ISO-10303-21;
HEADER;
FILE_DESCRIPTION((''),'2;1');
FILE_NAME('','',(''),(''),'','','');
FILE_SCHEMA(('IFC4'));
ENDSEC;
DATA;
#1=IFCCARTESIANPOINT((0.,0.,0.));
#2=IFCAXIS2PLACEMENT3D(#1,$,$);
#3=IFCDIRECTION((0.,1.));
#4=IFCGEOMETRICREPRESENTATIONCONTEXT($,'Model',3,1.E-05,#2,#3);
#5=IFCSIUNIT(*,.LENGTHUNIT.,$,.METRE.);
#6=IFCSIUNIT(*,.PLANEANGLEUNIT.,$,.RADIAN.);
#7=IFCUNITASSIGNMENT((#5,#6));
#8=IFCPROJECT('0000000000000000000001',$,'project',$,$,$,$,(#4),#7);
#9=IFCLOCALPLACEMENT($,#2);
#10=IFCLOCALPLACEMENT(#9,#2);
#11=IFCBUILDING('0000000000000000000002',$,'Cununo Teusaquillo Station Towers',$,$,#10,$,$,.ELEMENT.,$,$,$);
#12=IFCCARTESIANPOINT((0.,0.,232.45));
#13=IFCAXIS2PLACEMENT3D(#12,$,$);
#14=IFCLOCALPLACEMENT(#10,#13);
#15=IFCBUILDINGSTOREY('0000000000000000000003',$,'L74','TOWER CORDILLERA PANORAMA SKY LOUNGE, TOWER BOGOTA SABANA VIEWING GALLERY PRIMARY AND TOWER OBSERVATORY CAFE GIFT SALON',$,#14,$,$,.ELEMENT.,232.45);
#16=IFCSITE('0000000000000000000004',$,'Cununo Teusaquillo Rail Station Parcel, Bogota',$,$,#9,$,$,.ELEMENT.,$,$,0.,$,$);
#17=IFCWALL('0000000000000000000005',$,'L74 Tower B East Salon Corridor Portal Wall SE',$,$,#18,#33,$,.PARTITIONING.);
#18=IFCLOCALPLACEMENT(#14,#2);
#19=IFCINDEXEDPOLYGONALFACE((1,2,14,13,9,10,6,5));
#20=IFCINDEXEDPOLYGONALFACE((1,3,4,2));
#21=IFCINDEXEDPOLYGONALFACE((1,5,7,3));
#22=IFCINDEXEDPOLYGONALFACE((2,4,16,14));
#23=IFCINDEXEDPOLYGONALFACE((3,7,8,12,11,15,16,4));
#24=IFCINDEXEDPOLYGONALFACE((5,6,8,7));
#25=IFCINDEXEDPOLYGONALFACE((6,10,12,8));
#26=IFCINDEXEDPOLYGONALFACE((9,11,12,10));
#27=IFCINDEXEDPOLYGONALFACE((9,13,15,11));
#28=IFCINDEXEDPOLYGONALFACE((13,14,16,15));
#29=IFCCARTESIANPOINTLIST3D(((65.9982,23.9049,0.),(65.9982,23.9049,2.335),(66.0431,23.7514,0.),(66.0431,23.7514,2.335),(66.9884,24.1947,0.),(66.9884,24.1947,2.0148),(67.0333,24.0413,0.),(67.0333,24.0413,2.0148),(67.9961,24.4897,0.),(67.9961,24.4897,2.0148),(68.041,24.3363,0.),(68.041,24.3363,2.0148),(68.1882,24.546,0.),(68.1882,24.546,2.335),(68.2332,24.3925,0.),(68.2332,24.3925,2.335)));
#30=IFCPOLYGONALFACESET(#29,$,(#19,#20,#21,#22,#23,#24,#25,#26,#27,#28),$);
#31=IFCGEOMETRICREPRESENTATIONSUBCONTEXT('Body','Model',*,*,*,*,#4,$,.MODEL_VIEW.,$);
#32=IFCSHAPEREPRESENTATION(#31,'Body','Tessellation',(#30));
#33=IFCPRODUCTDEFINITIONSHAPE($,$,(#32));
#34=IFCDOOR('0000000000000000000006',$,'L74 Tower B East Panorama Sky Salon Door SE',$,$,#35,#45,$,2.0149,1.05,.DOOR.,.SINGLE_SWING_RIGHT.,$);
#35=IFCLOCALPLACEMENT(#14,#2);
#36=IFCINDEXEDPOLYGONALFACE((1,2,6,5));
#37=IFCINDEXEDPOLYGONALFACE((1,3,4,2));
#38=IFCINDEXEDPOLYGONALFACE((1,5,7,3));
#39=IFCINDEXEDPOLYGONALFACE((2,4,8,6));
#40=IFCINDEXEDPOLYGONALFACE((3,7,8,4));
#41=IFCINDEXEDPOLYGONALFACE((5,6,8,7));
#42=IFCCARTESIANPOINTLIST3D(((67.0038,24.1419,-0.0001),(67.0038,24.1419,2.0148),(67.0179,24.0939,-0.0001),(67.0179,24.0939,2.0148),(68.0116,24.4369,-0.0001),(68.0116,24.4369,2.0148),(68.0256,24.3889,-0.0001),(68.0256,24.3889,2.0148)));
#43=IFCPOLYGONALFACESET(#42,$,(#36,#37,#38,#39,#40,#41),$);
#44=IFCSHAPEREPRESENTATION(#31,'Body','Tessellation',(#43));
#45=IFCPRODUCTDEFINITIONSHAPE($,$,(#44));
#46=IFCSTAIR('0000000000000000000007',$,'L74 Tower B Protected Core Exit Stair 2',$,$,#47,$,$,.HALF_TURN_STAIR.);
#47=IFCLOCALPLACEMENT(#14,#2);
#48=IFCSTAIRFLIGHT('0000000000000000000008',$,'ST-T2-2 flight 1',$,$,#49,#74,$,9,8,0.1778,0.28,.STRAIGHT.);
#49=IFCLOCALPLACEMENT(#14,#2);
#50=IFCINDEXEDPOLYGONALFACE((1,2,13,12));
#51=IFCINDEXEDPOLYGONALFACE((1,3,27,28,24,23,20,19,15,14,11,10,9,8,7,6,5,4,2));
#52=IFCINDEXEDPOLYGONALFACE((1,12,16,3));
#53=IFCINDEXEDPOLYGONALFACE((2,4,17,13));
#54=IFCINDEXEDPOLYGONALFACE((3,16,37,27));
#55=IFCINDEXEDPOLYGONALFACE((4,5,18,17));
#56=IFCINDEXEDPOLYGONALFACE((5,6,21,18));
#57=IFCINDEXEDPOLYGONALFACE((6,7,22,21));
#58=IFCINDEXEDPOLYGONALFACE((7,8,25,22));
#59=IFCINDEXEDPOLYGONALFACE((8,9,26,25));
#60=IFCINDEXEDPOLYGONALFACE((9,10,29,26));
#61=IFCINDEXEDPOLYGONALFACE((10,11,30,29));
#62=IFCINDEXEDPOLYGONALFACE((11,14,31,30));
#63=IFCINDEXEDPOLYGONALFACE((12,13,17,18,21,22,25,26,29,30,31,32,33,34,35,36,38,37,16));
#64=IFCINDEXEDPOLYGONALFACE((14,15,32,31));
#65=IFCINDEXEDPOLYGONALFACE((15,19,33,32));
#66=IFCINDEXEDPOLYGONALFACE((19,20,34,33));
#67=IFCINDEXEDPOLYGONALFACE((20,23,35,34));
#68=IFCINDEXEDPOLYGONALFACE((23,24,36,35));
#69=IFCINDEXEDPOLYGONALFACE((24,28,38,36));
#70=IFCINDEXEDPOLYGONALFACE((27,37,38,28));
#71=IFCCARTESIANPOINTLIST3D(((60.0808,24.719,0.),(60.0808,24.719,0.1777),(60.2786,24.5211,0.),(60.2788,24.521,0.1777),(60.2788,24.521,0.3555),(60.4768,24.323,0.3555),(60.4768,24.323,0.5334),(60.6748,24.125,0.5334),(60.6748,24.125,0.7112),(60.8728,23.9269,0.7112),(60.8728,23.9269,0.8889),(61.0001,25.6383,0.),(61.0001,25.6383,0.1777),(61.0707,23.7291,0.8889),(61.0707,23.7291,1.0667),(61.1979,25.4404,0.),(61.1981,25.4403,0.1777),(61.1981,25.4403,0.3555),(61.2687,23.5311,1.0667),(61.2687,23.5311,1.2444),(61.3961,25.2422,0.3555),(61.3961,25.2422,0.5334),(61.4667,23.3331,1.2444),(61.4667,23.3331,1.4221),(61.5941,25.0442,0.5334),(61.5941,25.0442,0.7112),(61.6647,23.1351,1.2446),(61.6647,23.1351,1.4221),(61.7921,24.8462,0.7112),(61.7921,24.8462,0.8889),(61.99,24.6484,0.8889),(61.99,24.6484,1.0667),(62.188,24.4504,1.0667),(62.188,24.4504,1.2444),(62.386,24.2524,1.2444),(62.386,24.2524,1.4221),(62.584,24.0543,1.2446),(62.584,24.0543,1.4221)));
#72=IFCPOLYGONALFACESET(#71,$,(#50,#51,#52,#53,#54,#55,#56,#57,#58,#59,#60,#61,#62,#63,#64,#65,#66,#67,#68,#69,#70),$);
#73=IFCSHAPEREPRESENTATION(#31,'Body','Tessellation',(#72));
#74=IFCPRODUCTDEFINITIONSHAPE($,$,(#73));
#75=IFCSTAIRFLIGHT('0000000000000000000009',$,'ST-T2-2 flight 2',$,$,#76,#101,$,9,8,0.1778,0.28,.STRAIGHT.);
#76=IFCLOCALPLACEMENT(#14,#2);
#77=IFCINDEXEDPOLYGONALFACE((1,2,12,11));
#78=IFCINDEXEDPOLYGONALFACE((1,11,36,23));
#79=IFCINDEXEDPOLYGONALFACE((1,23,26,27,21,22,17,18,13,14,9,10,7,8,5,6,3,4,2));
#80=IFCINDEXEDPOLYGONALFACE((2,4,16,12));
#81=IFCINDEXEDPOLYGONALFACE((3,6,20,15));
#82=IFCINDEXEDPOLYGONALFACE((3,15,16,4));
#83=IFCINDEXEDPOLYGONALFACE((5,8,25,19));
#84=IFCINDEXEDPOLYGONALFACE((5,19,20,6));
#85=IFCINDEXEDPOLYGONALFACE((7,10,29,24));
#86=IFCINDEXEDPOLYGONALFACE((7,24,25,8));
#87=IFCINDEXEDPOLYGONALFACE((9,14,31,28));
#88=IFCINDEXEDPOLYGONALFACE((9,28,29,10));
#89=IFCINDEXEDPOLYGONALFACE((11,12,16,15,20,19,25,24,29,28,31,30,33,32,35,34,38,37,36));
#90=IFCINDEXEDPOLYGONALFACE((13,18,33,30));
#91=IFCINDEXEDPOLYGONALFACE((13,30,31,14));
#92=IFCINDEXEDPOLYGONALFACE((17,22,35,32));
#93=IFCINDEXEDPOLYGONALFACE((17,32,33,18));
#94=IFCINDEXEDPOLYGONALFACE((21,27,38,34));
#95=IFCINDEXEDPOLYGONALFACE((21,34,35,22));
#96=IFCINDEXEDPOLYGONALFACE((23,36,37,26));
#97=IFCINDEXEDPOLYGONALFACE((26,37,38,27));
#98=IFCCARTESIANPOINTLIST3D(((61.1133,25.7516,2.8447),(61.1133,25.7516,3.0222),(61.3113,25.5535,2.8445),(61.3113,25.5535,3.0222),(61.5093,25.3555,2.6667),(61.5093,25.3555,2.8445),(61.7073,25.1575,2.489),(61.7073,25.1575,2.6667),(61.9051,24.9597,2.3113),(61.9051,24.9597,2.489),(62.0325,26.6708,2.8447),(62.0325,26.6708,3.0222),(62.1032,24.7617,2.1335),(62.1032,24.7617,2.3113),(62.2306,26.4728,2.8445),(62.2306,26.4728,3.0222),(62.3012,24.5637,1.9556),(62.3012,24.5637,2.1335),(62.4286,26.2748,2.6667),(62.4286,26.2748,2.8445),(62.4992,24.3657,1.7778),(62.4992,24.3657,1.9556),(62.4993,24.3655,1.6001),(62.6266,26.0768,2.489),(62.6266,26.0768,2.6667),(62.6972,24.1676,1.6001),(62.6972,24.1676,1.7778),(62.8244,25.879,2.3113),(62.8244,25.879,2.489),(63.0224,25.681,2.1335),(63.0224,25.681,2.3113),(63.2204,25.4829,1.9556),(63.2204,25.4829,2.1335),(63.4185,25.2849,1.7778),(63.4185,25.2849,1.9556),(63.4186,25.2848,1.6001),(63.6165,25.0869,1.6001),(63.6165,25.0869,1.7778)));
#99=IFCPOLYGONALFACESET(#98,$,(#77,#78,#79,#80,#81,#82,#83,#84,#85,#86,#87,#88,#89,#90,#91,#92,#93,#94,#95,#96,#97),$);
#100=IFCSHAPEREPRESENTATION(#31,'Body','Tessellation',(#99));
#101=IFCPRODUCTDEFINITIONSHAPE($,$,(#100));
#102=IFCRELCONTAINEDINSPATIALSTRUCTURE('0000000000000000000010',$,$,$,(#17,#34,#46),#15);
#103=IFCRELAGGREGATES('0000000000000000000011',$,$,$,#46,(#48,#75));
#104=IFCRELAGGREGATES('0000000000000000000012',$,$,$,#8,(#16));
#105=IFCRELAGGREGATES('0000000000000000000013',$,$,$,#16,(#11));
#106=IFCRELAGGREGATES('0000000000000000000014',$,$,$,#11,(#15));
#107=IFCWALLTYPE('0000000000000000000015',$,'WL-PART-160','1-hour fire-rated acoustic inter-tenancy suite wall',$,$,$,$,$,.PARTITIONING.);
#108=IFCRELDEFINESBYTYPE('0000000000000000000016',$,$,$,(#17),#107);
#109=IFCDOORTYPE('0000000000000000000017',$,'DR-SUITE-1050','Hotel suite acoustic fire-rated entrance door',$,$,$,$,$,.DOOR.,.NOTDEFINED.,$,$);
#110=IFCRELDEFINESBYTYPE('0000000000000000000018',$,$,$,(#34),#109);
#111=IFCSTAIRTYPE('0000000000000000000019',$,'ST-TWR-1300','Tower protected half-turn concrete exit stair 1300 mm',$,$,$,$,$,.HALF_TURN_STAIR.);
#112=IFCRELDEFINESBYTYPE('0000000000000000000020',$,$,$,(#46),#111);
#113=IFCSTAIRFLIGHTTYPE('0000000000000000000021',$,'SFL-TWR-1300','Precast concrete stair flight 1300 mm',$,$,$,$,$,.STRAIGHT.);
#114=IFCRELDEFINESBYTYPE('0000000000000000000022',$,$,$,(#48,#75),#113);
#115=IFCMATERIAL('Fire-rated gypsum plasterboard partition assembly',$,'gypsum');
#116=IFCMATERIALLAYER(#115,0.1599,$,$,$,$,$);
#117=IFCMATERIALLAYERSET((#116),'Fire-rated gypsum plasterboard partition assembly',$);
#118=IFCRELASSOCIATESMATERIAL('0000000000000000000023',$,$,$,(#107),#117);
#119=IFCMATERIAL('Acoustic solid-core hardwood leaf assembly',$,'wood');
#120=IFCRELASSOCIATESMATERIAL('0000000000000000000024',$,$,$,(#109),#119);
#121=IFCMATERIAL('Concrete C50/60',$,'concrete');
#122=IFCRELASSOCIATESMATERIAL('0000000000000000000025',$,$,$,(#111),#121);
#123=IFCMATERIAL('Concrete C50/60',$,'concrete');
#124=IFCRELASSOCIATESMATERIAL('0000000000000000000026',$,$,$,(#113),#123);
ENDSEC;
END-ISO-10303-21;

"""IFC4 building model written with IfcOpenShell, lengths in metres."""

from ifc_helpers import new_model, si_unit, direction, frame, frame_2d, origin, place, context, subcontext, project, spatial, polyline, rectangle, outline, extrude, source, transform, mapped, material, layer, layer_set, type_object, element, fill, aggregate, save


model = new_model("IFC4")

# Units and contexts
model_context = context("Model", 3, precision=1e-05, world=origin(), true_north=direction((0.0, 1.0)))
body_context = subcontext(model_context, "Body", "Model", "MODEL_VIEW")
ifc_project = project(units=[si_unit("LENGTHUNIT", "METRE"), si_unit("PLANEANGLEUNIT", "RADIAN")], contexts=[model_context])

# Site, building, storey
site_placement = place(None, origin())
site = spatial("IfcSite", under=ifc_project, at=site_placement, Name="Cununo Teusaquillo Rail Station Parcel, Bogota", CompositionType="ELEMENT", RefElevation=0.0)
building_placement = place(site_placement, origin())
building = spatial("IfcBuilding", under=site, at=building_placement, Name="Cununo Teusaquillo Station Towers", CompositionType="ELEMENT")
storey_placement = place(building_placement, frame((0.0, 0.0, 232.45)))
storey = spatial("IfcBuildingStorey", under=building, at=storey_placement, Name="L74", Description="TOWER CORDILLERA PANORAMA SKY LOUNGE, TOWER BOGOTA SABANA VIEWING GALLERY PRIMARY AND TOWER OBSERVATORY CAFE GIFT SALON", CompositionType="ELEMENT", Elevation=232.45)

# Wall, opening, door
ifc_material_1 = material(Name="Fire-rated gypsum plasterboard partition assembly", Category="gypsum")
ifc_layer_1 = layer(ifc_material_1, 0.1599)
ifc_layer_set_1 = layer_set([ifc_layer_1], Name="Fire-rated gypsum plasterboard partition assembly")
wall_type_1 = type_object("IfcWallType", Name="WL-PART-160", Description="1-hour fire-rated acoustic inter-tenancy suite wall", PredefinedType="PARTITIONING", material=ifc_layer_set_1)
wall_1_placement = place(storey_placement, frame((66.0205, 23.8281, 0.0), z_axis=(0.0, 0.0, 1.0), x_axis=(0.959728, 0.280932, 0.0)))
wall_1 = element("IfcWall", 1, at=wall_1_placement, inside=storey, type_object=wall_type_1, Name="L74 Tower B East Salon Corridor Portal Wall SE", PredefinedType="PARTITIONING", context=body_context, shape_type="SweptSolid", body=[
    extrude(rectangle(XDim=2.282, YDim=0.1599, at=frame_2d((1.1411, 0.0))), origin(), (0.0, 0.0, 1.0), 2.335),
])
shared_shape_1 = source(origin(), body_context, "Body", "SweptSolid", [
    extrude(rectangle(XDim=1.05, YDim=2.0149, at=frame_2d((0.5249, 1.0073))), frame((0.0, 0.0898, 0.0), z_axis=(0.0, -1.0, 0.0), x_axis=(1.0, 0.0, 0.0)), (0.0, 0.0, 1.0), 0.1799),
])
opening_1_placement = place(wall_1_placement, frame((1.032, 0.0, 0.0)))
opening_1 = element("IfcOpeningElement", 2, at=opening_1_placement, cuts=wall_1, PredefinedType="OPENING", context=body_context, shape_type="MappedRepresentation", body=[
    mapped(shared_shape_1, transform((0.0, 0.0, 0.0), x_axis=(1.0, 0.0, 0.0), y_axis=(0.0, 1.0, 0.0), z_axis=(0.0, 0.0, 1.0), scale=1.0)),
])
ifc_material_2 = material(Name="Acoustic solid-core hardwood leaf assembly", Category="wood")
door_type_1 = type_object("IfcDoorType", Name="DR-SUITE-1050", Description="Hotel suite acoustic fire-rated entrance door", OperationType="NOTDEFINED", PredefinedType="DOOR", material=ifc_material_2)
shared_shape_2 = source(origin(), body_context, "Body", "SweptSolid", [
    extrude(rectangle(XDim=1.05, YDim=2.0149, at=frame_2d((0.5249, 1.0073))), frame((0.0, 0.0249, 0.0), z_axis=(0.0, -1.0, 0.0), x_axis=(1.0, 0.0, 0.0)), (0.0, 0.0, 1.0), 0.05),
])
door_1_placement = place(opening_1_placement, origin())
door_1 = element("IfcDoor", 3, at=door_1_placement, inside=storey, type_object=door_type_1, Name="L74 Tower B East Panorama Sky Salon Door SE", OperationType="SINGLE_SWING_RIGHT", OverallHeight=2.0149, OverallWidth=1.05, PredefinedType="DOOR", context=body_context, shape_type="MappedRepresentation", body=[
    mapped(shared_shape_2, transform((0.0, 0.0, 0.0), x_axis=(1.0, 0.0, 0.0), y_axis=(0.0, 1.0, 0.0), z_axis=(0.0, 0.0, 1.0), scale=1.0)),
])
fill(opening_1, door_1)

# Stair, stair flights
ifc_material_3 = material(Name="Concrete C50/60", Category="concrete")
stair_type = type_object("IfcStairType", Name="ST-TWR-1300", Description="Tower protected half-turn concrete exit stair 1300 mm", PredefinedType="HALF_TURN_STAIR", material=ifc_material_3)
stair_placement = place(storey_placement, origin())
stair = element("IfcStair", 4, at=stair_placement, inside=storey, type_object=stair_type, Name="L74 Tower B Protected Core Exit Stair 2", PredefinedType="HALF_TURN_STAIR")
ifc_material_4 = material(Name="Concrete C50/60", Category="concrete")
stair_flight_type = type_object("IfcStairFlightType", Name="SFL-TWR-1300", Description="Precast concrete stair flight 1300 mm", PredefinedType="STRAIGHT", material=ifc_material_4)
stair_flight_1_placement = place(storey_placement, frame((60.5405, 25.1787, 0.0), z_axis=(0.0, 0.0, 1.0), x_axis=(0.707107, -0.707107, 0.0)))
stair_flight_1 = element("IfcStairFlight", 5, at=stair_flight_1_placement, type_object=stair_flight_type, Name="ST-T2-2 flight 1", NumberOfRisers=9, NumberOfTreads=8, PredefinedType="STRAIGHT", RiserHeight=0.1778, TreadLength=0.28, context=body_context, shape_type="SweptSolid", body=[
    extrude(outline(polyline([(0.0, 0.0), (0.0, 0.1777), (0.28, 0.1777), (0.28, 0.3555), (0.5601, 0.3555), (0.5601, 0.5334), (0.8401, 0.5334), (0.8401, 0.7112), (1.1201, 0.7112), (1.1201, 0.8889), (1.3999, 0.8889), (1.3999, 1.0667), (1.6799, 1.0667), (1.6799, 1.2444), (1.96, 1.2444), (1.96, 1.4221), (2.24, 1.4221), (2.24, 1.6001), (2.24, 1.2446), (0.2798, 0.0), (0.0, 0.0)])), frame((0.0, 0.6499, 0.0), z_axis=(0.0, -1.0, 0.0), x_axis=(1.0, 0.0, 0.0)), (0.0, 0.0, 1.0), 1.3),
])
stair_flight_2_placement = place(storey_placement, frame((63.1567, 24.6272, 1.6001), z_axis=(0.0, 0.0, 1.0), x_axis=(-0.707107, 0.707107, 0.0)))
stair_flight_2 = element("IfcStairFlight", 6, at=stair_flight_2_placement, type_object=stair_flight_type, Name="ST-T2-2 flight 2", NumberOfRisers=9, NumberOfTreads=8, PredefinedType="STRAIGHT", RiserHeight=0.1778, TreadLength=0.28, context=body_context, shape_type="SweptSolid", body=[
    extrude(outline(polyline([(0.0, 0.0), (0.0, 0.1777), (0.28, 0.1777), (0.28, 0.3555), (0.5601, 0.3555), (0.5601, 0.5334), (0.8401, 0.5334), (0.8401, 0.7112), (1.1201, 0.7112), (1.1201, 0.8889), (1.3999, 0.8889), (1.3999, 1.0667), (1.6799, 1.0667), (1.6799, 1.2444), (1.96, 1.2444), (1.96, 1.4221), (2.24, 1.4221), (2.24, 1.6001), (2.24, 1.2446), (0.2798, 0.0), (0.0, 0.0)])), frame((0.0, 0.6499, 0.0), z_axis=(0.0, -1.0, 0.0), x_axis=(1.0, 0.0, 0.0)), (0.0, 0.0, 1.0), 1.3),
])
aggregate(stair, [stair_flight_1, stair_flight_2])

save(model, "model.ifc")
